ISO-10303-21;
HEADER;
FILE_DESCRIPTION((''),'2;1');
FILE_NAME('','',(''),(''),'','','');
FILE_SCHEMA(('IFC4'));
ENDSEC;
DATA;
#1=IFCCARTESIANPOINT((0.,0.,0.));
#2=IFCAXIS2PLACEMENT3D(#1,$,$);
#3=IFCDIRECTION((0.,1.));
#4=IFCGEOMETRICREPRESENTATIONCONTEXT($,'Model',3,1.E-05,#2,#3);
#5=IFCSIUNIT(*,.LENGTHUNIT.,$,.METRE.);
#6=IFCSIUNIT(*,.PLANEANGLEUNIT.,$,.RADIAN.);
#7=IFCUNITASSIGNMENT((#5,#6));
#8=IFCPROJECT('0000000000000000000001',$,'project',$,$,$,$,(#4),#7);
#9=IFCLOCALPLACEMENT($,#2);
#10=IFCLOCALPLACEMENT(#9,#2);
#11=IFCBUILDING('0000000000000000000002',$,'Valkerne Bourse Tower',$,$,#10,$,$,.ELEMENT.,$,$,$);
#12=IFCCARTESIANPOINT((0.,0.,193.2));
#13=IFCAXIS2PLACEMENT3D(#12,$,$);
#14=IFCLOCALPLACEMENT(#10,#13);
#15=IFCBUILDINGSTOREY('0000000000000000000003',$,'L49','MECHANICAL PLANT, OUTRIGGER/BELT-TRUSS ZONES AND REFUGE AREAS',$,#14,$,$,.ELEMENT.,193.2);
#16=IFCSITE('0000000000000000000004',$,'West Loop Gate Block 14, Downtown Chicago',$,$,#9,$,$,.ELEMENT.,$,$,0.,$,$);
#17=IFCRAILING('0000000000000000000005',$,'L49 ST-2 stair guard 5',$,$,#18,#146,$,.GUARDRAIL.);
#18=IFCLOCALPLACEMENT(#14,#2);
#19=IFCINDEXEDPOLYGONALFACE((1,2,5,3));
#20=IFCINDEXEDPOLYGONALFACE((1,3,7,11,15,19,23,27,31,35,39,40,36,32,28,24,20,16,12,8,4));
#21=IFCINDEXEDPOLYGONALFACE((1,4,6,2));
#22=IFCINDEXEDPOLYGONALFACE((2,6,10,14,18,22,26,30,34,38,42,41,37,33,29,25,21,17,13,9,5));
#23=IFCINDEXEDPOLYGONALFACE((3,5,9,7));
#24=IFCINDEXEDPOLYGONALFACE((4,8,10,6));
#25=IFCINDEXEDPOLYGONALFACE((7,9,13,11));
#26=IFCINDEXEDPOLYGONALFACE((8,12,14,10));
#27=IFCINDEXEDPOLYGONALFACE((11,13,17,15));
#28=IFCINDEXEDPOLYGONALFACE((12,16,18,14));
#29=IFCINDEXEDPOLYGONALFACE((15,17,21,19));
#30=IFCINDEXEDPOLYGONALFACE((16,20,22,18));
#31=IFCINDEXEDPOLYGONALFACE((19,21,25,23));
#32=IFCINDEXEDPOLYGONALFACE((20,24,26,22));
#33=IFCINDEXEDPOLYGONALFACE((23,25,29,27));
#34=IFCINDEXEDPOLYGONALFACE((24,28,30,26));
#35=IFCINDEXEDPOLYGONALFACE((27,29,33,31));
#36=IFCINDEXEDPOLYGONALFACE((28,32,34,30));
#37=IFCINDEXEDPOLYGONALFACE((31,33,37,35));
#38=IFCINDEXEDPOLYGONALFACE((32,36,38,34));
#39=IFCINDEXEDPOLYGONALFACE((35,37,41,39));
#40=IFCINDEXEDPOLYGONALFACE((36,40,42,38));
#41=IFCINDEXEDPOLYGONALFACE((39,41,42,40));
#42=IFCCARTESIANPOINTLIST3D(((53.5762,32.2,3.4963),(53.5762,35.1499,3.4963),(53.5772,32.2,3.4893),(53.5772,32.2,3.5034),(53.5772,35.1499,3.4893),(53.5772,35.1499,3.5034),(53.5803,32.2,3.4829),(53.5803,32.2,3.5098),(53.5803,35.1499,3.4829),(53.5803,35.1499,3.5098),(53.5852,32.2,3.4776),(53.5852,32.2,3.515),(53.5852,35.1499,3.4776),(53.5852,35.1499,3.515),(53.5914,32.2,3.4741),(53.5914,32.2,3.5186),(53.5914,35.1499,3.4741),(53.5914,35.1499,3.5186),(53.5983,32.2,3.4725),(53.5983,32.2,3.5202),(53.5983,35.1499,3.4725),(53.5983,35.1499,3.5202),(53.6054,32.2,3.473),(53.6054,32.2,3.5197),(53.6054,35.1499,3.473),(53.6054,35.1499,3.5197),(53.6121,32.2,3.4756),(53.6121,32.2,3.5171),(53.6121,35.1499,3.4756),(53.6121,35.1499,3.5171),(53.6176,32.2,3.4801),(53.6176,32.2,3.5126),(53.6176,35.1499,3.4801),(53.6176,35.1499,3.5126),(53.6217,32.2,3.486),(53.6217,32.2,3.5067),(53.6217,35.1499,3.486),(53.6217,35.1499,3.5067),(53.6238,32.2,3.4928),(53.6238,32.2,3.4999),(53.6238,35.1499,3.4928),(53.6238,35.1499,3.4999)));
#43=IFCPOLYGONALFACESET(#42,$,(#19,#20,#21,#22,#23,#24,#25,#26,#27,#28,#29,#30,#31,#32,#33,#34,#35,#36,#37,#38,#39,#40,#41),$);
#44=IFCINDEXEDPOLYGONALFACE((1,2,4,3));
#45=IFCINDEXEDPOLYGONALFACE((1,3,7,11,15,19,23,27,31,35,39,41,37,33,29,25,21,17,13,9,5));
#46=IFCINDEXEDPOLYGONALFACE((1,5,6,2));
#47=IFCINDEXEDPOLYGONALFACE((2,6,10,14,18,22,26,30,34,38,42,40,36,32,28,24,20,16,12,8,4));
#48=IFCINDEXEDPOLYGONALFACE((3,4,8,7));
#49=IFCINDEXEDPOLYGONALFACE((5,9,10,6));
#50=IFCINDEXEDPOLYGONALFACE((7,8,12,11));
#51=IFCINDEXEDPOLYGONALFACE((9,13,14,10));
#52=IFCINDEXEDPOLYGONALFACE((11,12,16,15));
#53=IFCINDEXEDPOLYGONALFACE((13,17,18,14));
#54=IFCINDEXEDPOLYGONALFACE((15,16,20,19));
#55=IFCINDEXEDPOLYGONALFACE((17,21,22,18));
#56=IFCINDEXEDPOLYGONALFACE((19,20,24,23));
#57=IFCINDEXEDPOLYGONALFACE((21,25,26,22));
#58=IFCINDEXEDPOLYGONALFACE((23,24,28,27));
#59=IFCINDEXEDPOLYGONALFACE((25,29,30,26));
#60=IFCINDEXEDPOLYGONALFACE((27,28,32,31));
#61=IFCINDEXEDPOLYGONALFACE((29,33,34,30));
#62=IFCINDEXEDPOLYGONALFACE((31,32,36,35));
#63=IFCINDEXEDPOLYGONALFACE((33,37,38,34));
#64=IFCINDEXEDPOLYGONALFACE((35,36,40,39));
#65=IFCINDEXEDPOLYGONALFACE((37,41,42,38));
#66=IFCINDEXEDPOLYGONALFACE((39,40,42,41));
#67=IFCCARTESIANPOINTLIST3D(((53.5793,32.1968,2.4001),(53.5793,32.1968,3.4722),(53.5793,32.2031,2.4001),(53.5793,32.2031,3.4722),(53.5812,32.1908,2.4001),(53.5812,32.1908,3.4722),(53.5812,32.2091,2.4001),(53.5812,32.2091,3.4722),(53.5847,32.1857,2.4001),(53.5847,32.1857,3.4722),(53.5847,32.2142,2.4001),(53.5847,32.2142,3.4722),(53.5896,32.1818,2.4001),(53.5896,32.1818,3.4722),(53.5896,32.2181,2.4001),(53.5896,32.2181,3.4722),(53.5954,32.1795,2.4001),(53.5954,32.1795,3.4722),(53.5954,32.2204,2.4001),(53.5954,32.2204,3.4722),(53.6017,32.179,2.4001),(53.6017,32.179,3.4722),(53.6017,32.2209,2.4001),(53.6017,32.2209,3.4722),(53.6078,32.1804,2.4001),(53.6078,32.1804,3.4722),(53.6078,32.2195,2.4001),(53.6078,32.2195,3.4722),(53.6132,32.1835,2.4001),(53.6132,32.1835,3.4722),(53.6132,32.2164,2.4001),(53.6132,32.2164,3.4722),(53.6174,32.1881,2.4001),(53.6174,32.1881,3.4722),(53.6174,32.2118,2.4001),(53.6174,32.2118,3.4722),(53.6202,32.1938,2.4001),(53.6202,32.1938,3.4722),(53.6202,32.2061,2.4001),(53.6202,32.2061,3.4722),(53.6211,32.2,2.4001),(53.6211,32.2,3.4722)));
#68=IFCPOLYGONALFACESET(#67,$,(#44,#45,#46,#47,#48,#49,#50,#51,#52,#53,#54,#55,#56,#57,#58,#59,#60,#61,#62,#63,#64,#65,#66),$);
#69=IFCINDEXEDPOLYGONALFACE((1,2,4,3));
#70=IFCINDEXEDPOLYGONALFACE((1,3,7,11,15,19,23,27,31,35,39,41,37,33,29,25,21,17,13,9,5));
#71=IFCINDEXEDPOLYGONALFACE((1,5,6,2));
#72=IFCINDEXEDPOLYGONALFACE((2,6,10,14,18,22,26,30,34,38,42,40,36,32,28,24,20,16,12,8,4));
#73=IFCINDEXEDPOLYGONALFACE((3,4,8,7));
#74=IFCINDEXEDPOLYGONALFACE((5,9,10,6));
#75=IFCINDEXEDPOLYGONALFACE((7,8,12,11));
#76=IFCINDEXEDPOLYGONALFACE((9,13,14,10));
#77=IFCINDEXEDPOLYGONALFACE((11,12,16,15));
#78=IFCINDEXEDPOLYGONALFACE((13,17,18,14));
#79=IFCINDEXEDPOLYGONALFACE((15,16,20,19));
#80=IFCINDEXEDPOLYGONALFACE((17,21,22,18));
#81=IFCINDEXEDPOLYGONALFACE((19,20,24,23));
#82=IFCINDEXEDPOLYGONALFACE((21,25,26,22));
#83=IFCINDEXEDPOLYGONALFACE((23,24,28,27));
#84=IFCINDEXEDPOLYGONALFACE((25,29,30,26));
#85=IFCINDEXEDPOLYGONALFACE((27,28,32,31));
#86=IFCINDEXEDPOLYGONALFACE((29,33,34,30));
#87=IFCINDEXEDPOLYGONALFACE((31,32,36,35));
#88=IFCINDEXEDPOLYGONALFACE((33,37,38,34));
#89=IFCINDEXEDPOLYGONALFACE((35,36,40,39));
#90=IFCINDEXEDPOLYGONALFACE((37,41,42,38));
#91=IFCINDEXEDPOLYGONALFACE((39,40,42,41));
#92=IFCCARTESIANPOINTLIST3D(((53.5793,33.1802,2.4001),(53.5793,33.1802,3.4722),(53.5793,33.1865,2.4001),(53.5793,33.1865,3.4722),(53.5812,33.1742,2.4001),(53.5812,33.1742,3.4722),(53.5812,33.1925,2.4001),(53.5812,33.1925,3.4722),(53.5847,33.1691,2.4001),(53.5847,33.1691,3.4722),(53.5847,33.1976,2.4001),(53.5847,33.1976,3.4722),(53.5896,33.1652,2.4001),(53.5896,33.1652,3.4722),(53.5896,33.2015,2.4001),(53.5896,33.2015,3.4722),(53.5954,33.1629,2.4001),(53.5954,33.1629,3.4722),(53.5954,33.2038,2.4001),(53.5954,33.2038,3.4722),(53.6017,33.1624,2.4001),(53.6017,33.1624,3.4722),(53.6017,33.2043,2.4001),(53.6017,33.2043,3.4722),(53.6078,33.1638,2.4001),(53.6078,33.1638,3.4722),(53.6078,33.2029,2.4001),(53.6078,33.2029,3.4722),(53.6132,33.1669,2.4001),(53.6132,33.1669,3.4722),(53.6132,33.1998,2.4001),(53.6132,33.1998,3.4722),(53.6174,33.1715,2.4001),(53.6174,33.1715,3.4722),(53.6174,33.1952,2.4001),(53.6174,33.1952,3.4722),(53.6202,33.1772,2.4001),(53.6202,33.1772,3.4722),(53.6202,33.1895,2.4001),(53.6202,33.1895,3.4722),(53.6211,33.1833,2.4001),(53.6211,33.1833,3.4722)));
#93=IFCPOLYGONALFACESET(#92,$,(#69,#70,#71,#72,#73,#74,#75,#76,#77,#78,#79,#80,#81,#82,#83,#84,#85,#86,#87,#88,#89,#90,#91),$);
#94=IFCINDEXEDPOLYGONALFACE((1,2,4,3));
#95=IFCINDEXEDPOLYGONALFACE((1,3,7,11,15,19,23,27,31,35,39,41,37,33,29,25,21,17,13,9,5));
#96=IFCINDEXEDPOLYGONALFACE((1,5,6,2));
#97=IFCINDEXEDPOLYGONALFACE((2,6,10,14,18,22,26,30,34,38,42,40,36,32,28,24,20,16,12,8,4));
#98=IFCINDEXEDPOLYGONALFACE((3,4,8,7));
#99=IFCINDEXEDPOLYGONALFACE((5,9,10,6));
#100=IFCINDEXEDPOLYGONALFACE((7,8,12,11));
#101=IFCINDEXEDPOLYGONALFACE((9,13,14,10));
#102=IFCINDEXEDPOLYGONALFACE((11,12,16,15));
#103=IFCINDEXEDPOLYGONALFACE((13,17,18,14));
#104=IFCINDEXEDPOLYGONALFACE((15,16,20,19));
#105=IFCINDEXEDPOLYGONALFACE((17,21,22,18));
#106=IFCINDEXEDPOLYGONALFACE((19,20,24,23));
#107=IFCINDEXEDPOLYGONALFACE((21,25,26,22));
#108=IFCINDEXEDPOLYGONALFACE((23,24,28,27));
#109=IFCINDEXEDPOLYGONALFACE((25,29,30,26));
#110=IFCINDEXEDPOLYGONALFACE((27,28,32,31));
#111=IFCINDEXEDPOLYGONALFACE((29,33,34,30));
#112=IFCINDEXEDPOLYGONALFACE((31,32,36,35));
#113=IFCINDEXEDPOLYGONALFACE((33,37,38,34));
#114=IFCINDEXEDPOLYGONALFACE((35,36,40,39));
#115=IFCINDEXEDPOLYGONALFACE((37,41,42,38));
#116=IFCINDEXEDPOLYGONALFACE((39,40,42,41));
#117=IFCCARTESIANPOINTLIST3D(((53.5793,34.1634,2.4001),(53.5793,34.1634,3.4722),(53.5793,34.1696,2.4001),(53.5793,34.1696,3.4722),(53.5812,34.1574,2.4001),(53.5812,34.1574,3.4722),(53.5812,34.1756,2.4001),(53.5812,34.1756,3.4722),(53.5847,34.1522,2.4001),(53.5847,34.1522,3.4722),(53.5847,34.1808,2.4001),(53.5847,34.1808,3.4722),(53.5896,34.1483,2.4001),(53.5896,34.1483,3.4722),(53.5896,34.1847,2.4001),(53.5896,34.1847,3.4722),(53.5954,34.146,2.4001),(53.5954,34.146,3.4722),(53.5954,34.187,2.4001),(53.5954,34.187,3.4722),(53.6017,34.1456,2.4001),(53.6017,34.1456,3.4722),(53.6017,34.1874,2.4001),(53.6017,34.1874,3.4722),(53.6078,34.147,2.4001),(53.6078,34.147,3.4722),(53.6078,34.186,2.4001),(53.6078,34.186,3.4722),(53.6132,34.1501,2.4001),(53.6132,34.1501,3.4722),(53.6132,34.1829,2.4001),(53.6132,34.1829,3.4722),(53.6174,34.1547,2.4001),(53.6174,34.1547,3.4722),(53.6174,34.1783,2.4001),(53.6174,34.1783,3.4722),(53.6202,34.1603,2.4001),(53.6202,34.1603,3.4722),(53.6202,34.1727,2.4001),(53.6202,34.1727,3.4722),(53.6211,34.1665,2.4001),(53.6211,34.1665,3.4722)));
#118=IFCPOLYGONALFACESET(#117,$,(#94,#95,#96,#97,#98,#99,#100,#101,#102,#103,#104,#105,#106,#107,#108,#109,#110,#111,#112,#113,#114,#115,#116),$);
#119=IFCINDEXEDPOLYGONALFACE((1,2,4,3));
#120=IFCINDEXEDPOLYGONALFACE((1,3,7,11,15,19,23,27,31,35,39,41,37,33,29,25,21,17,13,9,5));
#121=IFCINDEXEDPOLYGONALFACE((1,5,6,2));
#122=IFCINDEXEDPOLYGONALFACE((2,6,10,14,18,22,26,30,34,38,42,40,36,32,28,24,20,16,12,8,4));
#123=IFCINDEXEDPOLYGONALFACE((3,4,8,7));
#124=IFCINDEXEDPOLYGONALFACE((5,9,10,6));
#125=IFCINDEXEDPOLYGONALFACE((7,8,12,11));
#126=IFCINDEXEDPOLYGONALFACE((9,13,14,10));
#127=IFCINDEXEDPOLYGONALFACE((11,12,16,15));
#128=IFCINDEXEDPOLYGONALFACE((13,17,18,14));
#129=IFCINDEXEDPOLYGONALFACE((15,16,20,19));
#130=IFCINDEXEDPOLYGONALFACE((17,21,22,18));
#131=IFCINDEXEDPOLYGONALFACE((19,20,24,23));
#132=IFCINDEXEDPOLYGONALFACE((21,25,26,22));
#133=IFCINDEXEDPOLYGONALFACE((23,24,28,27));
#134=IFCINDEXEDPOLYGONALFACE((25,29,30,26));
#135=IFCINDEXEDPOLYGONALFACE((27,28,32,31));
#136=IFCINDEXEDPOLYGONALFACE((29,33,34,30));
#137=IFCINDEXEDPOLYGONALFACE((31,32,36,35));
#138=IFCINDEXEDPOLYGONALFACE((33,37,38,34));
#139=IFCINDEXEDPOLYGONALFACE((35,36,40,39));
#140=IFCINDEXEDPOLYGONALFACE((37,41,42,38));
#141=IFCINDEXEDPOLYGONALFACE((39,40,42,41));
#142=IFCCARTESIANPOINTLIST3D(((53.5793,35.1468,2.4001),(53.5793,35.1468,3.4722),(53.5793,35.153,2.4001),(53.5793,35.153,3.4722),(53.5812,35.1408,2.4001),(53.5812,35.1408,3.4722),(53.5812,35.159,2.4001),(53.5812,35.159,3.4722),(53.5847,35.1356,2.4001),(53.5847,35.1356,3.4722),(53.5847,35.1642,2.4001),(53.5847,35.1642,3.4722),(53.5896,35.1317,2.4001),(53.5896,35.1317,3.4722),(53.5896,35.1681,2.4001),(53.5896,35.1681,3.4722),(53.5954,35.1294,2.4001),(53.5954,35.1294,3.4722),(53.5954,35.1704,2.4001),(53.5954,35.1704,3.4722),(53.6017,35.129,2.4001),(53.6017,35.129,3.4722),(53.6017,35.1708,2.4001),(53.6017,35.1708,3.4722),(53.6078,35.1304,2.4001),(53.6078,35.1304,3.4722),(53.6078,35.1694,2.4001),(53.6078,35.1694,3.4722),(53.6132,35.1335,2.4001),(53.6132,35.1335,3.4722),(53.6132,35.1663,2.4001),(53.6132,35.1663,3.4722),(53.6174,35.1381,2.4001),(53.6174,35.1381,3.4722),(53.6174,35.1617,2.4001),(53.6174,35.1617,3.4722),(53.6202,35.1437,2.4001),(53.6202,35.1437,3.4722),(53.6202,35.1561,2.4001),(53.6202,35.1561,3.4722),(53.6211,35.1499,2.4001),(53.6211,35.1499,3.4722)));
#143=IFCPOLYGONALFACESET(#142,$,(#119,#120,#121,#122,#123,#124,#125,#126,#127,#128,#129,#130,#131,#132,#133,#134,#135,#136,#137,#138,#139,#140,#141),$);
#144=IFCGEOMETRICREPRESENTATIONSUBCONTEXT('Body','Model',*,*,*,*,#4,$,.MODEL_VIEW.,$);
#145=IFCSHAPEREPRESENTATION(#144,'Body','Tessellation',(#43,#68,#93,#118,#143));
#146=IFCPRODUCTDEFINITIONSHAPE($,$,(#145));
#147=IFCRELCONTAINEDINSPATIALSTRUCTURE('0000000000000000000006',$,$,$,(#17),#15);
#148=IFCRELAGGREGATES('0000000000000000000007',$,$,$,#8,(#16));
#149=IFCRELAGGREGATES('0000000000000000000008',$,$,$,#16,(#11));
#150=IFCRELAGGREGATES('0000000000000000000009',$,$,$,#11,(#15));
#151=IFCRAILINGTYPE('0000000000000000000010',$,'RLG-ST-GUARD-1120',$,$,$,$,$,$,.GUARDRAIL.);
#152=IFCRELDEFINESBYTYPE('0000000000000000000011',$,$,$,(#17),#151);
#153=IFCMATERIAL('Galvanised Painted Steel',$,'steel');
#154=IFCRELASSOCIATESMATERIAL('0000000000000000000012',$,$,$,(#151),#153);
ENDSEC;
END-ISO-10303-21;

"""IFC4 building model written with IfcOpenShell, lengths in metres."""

from ifc_helpers import new_model, si_unit, direction, frame, origin, origin_2d, place, context, subcontext, project, spatial, circle, extrude, material, type_object, element, save


model = new_model("IFC4")

# Units and contexts
model_context = context("Model", 3, precision=1e-05, world=origin(), true_north=direction((0.0, 1.0)))
body_context = subcontext(model_context, "Body", "Model", "MODEL_VIEW")
ifc_project = project(units=[si_unit("LENGTHUNIT", "METRE"), si_unit("PLANEANGLEUNIT", "RADIAN")], contexts=[model_context])

# Site, building, storey
site_placement = place(None, origin())
site = spatial("IfcSite", under=ifc_project, at=site_placement, Name="West Loop Gate Block 14, Downtown Chicago", CompositionType="ELEMENT", RefElevation=0.0)
building_placement = place(site_placement, origin())
building = spatial("IfcBuilding", under=site, at=building_placement, Name="Valkerne Bourse Tower", CompositionType="ELEMENT")
storey_placement = place(building_placement, frame((0.0, 0.0, 193.2)))
storey = spatial("IfcBuildingStorey", under=building, at=storey_placement, Name="L49", Description="MECHANICAL PLANT, OUTRIGGER/BELT-TRUSS ZONES AND REFUGE AREAS", CompositionType="ELEMENT", Elevation=193.2)

# Railing
ifc_material_1 = material(Name="Galvanised Painted Steel", Category="steel")
railing_type_1 = type_object("IfcRailingType", Name="RLG-ST-GUARD-1120", PredefinedType="GUARDRAIL", material=ifc_material_1)
railing_1_placement = place(storey_placement, frame((53.6001, 32.2, 2.4001)))
element("IfcRailing", 1, at=railing_1_placement, inside=storey, type_object=railing_type_1, Name="L49 ST-2 stair guard 5", PredefinedType="GUARDRAIL", context=body_context, shape_type="SweptSolid", body=[
    extrude(circle(Radius=0.0239, at=origin_2d()), frame((0.0, 0.0, 1.0962), z_axis=(0.0, 1.0, 0.0), x_axis=(-1.0, 0.0, 0.0)), (0.0, 0.0, 1.0), 2.95),
    extrude(circle(Radius=0.021, at=origin_2d()), origin(), (0.0, 0.0, 1.0), 1.072),
    extrude(circle(Radius=0.021, at=origin_2d()), frame((0.0, 0.9834, 0.0)), (0.0, 0.0, 1.0), 1.072),
    extrude(circle(Radius=0.021, at=origin_2d()), frame((0.0, 1.9666, 0.0)), (0.0, 0.0, 1.0), 1.072),
    extrude(circle(Radius=0.021, at=origin_2d()), frame((0.0, 2.95, 0.0)), (0.0, 0.0, 1.0), 1.072),
])

save(model, "model.ifc")
